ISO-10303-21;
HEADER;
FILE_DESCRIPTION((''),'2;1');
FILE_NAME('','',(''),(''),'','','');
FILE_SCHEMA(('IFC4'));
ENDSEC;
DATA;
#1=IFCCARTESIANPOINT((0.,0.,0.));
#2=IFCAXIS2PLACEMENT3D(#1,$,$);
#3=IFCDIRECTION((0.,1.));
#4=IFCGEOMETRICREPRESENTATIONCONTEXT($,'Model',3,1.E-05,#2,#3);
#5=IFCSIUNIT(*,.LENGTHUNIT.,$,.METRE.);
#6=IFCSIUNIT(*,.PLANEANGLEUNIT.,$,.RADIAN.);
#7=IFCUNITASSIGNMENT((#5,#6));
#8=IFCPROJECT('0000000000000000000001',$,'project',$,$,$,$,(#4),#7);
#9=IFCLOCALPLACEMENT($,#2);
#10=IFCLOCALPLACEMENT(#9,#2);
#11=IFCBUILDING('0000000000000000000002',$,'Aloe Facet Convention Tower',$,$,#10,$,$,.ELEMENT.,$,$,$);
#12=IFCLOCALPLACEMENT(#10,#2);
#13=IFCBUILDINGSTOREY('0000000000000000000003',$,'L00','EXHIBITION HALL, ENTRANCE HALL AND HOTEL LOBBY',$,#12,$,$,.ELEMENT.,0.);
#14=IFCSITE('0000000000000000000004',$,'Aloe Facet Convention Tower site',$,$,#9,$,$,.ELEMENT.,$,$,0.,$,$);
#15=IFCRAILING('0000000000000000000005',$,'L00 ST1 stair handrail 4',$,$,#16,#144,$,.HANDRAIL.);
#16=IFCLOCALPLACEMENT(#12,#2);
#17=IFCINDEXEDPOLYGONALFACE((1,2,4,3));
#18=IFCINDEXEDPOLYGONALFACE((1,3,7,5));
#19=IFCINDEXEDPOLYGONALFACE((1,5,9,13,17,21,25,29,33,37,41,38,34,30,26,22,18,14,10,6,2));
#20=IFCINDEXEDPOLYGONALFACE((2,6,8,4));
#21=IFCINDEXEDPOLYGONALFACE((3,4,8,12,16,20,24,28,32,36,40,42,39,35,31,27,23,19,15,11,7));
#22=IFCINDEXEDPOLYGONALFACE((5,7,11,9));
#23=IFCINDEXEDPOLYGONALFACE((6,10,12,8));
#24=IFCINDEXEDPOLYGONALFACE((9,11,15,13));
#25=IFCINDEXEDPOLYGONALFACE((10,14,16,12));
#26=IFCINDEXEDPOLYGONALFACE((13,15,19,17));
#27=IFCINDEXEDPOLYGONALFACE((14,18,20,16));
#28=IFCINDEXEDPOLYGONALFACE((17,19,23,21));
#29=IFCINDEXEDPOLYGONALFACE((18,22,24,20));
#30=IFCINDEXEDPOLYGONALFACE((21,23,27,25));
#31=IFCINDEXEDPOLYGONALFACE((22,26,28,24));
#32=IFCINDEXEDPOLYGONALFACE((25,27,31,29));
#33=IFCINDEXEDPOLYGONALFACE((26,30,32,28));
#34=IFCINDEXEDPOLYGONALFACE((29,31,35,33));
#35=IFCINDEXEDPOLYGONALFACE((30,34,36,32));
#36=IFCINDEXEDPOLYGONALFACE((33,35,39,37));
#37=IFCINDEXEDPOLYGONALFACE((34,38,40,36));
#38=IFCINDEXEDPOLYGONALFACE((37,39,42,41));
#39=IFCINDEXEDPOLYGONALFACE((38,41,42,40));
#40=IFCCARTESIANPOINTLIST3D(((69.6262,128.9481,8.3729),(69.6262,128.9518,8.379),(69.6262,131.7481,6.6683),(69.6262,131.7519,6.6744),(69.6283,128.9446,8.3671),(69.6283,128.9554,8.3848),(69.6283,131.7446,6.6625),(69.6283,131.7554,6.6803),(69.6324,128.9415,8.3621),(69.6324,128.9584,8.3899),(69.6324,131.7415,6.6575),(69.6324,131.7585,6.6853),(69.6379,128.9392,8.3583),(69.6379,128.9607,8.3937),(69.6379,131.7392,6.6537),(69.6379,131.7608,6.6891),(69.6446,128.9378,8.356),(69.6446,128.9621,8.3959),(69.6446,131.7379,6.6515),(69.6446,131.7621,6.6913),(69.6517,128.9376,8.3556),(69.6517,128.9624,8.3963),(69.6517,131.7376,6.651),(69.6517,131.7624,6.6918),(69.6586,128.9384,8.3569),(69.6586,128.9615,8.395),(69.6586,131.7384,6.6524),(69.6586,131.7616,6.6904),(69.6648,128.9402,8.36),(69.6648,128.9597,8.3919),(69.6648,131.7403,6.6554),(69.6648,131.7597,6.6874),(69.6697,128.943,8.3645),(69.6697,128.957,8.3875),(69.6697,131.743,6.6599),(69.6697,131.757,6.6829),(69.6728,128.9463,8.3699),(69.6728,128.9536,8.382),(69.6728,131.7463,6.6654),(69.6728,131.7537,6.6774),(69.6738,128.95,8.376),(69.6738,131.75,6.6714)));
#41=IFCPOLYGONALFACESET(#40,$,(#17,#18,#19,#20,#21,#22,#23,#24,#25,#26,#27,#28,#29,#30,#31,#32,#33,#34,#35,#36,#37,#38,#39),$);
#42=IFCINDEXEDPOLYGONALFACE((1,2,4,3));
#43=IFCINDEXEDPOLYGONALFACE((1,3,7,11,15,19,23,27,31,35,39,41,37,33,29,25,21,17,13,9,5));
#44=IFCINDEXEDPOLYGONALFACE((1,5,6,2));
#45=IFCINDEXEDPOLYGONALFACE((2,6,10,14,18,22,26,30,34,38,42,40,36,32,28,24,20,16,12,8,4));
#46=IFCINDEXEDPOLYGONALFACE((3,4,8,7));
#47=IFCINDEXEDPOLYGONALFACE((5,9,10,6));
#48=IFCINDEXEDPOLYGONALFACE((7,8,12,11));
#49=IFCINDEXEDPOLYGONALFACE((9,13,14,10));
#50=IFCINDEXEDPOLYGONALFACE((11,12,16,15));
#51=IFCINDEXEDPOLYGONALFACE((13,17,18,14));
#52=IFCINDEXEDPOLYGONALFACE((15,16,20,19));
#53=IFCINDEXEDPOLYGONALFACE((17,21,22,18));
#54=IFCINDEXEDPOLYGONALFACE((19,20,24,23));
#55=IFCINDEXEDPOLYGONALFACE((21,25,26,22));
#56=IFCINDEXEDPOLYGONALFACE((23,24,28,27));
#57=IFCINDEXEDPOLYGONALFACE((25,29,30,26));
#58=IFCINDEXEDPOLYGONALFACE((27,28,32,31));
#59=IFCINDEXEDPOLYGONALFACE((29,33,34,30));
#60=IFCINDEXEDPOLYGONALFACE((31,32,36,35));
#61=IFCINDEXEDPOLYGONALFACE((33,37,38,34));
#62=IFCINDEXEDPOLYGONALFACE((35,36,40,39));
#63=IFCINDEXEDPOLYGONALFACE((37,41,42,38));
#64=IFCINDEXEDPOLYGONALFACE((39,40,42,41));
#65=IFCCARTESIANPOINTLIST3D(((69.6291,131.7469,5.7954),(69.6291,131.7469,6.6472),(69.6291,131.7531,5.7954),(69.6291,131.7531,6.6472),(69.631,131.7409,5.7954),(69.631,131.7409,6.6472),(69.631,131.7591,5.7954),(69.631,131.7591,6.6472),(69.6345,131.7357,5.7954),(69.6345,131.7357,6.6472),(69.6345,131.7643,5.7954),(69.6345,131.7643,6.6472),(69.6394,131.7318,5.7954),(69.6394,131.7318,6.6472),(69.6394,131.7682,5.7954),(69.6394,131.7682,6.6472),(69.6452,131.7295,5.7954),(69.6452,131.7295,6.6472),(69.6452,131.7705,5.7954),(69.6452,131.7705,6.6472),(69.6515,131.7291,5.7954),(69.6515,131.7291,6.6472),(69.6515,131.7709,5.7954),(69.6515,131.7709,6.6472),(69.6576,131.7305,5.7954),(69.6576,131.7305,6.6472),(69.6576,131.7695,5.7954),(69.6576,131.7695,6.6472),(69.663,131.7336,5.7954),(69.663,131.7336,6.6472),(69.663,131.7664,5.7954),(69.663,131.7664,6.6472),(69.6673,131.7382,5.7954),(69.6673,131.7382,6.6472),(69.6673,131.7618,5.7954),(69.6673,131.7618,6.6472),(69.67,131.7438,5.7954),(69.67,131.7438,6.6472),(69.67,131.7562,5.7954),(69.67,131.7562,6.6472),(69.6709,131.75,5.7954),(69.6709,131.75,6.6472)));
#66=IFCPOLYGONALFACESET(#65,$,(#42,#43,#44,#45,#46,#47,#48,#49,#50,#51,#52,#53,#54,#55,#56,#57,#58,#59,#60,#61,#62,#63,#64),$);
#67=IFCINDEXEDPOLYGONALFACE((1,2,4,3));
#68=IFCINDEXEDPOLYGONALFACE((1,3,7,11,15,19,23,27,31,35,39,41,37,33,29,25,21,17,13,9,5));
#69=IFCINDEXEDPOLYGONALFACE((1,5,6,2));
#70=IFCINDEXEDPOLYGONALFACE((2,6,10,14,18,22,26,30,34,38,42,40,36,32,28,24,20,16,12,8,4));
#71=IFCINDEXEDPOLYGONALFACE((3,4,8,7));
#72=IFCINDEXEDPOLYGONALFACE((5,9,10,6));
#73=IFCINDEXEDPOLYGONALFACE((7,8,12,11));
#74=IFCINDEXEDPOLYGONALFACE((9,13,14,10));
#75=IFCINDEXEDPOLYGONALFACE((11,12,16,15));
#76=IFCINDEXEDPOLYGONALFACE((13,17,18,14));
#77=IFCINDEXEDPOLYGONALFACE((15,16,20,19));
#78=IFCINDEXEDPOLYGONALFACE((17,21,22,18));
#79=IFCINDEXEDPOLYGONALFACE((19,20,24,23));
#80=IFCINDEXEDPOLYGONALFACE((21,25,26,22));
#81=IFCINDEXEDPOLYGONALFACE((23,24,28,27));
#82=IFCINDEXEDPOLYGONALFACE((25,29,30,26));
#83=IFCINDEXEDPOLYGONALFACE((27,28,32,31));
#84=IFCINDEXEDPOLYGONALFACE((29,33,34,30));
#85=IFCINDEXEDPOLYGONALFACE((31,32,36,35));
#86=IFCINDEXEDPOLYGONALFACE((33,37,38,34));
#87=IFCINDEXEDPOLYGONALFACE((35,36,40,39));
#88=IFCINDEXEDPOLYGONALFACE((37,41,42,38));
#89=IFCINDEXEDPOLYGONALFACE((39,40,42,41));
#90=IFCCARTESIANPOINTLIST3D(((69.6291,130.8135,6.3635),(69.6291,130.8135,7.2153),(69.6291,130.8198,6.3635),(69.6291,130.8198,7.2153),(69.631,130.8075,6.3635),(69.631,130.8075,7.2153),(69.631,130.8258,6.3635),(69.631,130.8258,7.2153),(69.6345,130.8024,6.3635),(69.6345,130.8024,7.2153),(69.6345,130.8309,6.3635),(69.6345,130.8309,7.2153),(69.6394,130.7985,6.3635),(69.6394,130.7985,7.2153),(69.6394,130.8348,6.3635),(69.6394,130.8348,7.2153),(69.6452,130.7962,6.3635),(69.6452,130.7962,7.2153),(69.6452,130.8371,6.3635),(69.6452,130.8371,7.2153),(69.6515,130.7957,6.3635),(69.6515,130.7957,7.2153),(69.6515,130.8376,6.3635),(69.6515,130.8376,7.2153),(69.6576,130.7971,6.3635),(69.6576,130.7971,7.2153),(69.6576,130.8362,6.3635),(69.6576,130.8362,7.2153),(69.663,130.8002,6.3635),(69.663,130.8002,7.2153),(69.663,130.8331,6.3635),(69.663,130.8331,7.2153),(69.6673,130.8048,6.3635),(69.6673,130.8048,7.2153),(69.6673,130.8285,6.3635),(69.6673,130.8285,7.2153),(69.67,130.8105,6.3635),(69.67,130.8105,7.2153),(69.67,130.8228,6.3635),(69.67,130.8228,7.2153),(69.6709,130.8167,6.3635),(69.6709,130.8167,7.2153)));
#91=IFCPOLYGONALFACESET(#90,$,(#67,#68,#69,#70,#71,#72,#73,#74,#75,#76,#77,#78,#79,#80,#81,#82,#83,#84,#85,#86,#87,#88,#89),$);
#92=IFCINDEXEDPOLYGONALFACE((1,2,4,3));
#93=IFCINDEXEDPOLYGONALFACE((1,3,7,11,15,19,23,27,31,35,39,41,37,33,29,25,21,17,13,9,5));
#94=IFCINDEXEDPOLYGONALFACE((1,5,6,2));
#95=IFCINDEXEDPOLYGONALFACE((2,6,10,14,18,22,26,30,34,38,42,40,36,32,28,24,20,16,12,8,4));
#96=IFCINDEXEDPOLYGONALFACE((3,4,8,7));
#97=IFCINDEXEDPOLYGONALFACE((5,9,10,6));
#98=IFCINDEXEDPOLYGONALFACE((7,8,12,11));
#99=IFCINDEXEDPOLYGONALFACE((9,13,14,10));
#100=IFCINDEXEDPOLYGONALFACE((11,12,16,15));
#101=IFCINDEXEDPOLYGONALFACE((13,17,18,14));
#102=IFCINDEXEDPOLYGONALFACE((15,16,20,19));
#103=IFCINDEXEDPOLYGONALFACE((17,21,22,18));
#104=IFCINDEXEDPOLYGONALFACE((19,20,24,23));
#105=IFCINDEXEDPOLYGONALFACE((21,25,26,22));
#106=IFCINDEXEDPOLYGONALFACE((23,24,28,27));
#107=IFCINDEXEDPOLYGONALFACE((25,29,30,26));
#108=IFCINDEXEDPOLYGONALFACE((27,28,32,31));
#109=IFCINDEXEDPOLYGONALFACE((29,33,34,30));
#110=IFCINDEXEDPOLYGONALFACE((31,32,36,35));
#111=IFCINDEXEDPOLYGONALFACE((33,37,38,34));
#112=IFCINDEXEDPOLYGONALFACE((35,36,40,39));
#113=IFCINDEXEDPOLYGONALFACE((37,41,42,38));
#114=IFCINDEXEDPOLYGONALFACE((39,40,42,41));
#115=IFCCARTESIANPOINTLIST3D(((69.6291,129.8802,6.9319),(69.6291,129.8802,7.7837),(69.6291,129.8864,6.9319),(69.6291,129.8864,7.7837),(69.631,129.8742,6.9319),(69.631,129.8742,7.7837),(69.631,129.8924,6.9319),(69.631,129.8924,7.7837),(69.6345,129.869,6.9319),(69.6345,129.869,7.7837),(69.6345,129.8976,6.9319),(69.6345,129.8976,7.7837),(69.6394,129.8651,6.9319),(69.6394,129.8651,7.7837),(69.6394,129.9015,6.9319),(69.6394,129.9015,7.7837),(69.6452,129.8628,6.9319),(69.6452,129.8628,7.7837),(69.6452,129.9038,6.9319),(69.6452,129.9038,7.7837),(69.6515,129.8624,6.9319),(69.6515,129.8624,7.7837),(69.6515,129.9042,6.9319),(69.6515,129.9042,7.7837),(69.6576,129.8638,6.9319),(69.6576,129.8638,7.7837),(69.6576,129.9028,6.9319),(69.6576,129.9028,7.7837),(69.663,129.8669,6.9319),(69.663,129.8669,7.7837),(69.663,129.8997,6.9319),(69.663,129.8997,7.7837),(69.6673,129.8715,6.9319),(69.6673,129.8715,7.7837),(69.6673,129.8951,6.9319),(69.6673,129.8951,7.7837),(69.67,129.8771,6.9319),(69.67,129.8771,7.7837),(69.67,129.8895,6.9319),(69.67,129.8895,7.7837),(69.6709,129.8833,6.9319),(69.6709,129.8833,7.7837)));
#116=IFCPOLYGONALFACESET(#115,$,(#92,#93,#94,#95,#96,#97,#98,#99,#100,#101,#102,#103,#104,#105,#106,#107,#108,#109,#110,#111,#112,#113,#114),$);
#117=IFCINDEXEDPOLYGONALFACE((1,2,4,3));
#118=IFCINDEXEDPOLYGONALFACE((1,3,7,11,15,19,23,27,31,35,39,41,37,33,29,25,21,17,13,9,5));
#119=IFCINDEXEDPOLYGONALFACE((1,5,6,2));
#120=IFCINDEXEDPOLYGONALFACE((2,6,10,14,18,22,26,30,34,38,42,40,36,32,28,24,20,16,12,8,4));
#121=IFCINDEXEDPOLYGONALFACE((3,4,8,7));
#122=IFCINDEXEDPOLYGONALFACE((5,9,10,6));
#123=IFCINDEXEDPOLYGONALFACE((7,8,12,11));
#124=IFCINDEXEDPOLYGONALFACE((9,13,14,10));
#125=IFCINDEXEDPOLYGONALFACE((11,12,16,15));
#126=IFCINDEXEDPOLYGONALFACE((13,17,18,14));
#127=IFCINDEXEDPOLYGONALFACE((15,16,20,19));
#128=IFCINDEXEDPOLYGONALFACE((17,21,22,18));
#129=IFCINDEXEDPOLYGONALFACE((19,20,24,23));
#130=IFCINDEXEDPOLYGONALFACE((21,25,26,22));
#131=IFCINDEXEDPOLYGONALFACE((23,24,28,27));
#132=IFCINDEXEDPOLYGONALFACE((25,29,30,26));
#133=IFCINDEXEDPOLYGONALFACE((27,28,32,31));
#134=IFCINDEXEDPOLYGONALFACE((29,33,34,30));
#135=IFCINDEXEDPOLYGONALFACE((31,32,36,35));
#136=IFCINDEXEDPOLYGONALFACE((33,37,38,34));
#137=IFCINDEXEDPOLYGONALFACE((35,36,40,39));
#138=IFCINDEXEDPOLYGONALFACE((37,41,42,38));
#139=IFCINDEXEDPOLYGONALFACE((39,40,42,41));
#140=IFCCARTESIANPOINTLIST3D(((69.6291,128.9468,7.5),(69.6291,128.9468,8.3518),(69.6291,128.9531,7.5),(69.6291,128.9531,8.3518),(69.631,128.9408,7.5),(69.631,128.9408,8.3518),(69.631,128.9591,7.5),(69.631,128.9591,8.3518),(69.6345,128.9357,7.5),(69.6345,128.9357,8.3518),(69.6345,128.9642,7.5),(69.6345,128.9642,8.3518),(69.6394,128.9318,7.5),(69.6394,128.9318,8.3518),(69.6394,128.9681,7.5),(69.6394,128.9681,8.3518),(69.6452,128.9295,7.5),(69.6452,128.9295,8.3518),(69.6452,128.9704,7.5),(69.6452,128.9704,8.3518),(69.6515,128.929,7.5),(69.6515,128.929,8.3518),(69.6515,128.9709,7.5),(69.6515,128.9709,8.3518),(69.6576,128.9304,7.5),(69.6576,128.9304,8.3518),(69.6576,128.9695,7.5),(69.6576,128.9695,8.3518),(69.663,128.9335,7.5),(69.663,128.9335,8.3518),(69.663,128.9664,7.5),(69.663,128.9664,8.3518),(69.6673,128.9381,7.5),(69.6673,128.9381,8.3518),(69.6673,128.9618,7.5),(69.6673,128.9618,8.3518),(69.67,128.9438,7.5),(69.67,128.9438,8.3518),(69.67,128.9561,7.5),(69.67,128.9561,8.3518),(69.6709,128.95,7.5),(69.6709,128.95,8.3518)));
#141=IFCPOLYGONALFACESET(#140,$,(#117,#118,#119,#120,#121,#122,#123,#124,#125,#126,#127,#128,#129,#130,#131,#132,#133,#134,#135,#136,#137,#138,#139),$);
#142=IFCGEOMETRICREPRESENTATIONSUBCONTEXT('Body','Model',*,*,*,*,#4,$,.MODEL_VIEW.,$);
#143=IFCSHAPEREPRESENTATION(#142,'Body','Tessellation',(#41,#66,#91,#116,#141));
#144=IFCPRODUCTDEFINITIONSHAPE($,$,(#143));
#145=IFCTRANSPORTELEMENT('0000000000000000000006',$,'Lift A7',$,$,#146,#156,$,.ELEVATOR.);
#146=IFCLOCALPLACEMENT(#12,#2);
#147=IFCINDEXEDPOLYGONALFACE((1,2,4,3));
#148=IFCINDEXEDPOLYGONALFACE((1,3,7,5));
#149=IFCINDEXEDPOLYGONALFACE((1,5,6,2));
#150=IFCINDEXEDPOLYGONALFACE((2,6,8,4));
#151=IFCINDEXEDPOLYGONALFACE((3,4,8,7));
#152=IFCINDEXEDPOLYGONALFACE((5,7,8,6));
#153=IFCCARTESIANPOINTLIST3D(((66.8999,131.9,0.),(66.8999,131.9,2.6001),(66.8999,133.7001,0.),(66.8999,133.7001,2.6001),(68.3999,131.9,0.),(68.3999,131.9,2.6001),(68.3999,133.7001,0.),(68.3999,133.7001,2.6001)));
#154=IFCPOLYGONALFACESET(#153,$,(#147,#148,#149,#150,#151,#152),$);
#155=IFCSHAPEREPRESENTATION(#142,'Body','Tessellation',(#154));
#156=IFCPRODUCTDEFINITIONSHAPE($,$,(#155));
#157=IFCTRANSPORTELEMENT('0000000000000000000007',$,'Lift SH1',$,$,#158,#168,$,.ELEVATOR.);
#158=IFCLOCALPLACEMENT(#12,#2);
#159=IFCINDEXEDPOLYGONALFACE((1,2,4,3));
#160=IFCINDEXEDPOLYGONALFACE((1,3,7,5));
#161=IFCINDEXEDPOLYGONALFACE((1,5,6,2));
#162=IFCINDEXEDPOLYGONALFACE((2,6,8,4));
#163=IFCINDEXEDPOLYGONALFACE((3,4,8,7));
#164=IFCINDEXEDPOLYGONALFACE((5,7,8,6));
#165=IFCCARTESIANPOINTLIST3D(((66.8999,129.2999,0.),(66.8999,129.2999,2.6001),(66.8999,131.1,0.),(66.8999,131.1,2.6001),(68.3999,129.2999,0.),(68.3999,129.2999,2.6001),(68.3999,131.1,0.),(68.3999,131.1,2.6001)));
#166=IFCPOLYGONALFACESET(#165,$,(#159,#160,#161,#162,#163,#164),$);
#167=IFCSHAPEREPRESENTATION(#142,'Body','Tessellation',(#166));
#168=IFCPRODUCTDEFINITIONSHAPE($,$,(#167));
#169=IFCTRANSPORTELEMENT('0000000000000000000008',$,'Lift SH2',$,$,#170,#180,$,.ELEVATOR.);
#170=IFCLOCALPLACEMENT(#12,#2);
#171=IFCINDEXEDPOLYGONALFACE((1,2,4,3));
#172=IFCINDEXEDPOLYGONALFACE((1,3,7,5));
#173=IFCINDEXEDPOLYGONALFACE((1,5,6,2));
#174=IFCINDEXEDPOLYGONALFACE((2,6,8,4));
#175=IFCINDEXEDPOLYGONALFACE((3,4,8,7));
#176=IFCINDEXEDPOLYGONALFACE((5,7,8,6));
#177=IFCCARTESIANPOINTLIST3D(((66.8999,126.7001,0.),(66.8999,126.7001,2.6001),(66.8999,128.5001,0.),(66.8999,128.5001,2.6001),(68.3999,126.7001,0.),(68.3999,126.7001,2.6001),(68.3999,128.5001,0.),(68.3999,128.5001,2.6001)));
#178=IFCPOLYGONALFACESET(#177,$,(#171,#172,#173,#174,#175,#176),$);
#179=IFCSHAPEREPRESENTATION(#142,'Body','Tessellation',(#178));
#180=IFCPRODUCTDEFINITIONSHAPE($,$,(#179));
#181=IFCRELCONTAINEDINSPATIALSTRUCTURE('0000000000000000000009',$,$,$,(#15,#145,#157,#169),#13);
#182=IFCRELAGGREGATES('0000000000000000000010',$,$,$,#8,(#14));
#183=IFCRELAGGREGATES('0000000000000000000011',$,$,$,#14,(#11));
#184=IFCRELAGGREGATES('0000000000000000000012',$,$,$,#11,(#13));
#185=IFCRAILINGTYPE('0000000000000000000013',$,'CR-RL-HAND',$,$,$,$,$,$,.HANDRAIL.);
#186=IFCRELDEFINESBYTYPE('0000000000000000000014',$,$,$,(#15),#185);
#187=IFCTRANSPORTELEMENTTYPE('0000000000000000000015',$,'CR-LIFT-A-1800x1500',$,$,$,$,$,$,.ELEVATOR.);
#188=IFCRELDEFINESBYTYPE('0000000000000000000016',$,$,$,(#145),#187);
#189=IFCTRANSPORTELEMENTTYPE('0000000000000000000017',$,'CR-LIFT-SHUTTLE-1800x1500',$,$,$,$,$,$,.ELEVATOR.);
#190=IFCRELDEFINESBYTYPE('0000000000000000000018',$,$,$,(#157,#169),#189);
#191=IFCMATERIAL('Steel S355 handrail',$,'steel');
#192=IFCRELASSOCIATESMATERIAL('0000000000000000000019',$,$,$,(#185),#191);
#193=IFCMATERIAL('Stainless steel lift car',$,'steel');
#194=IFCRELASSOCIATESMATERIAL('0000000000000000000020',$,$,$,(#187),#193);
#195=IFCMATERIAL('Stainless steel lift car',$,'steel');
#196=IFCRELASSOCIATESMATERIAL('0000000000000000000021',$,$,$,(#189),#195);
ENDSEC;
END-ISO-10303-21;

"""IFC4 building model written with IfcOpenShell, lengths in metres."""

from ifc_helpers import new_model, si_unit, direction, frame, origin, origin_2d, place, context, subcontext, project, spatial, rectangle, circle, extrude, material, type_object, element, save


model = new_model("IFC4")

# Units and contexts
model_context = context("Model", 3, precision=1e-05, world=origin(), true_north=direction((0.0, 1.0)))
body_context = subcontext(model_context, "Body", "Model", "MODEL_VIEW")
ifc_project = project(units=[si_unit("LENGTHUNIT", "METRE"), si_unit("PLANEANGLEUNIT", "RADIAN")], contexts=[model_context])

# Site, building, storey
site_placement = place(None, origin())
site = spatial("IfcSite", under=ifc_project, at=site_placement, Name="Aloe Facet Convention Tower site", CompositionType="ELEMENT", RefElevation=0.0)
building_placement = place(site_placement, origin())
building = spatial("IfcBuilding", under=site, at=building_placement, Name="Aloe Facet Convention Tower", CompositionType="ELEMENT")
storey_placement = place(building_placement, origin())
storey = spatial("IfcBuildingStorey", under=building, at=storey_placement, Name="L00", Description="EXHIBITION HALL, ENTRANCE HALL AND HOTEL LOBBY", CompositionType="ELEMENT", Elevation=0.0)

# Railing
ifc_material_1 = material(Name="Steel S355 handrail", Category="steel")
railing_type = type_object("IfcRailingType", Name="CR-RL-HAND", PredefinedType="HANDRAIL", material=ifc_material_1)
for number, where, name in (
    (1, (69.6499, 131.75, 5.7954), "L00 ST1 stair handrail 4"),
):
    element("IfcRailing", number, at=place(storey_placement, frame(where)), inside=storey, type_object=railing_type, Name=name, PredefinedType="HANDRAIL", context=body_context, shape_type="SweptSolid", body=[
        extrude(circle(Radius=0.0239, at=origin_2d()), frame((0.0, 0.0, 0.876), z_axis=(0.0, -0.85417, 0.519994), x_axis=(1.0, 0.0, 0.0)), (0.0, 0.0, 1.0), 3.2781),
        extrude(circle(Radius=0.021, at=origin_2d()), origin(), (0.0, 0.0, 1.0), 0.8518),
        extrude(circle(Radius=0.021, at=origin_2d()), frame((0.0, -0.9333, 0.5681)), (0.0, 0.0, 1.0), 0.8518),
        extrude(circle(Radius=0.021, at=origin_2d()), frame((0.0, -1.8667, 1.1365)), (0.0, 0.0, 1.0), 0.8518),
        extrude(circle(Radius=0.021, at=origin_2d()), frame((0.0, -2.8, 1.7046)), (0.0, 0.0, 1.0), 0.8518),
    ])

# Transport elements
ifc_material_2 = material(Name="Stainless steel lift car", Category="steel")
transport_element_type_1 = type_object("IfcTransportElementType", Name="CR-LIFT-A-1800x1500", PredefinedType="ELEVATOR", material=ifc_material_2)
transport_element_placement = place(storey_placement, frame((67.6499, 132.8, 0.0), z_axis=(0.0, 0.0, 1.0), x_axis=(1.0, 0.0, 0.0)))
element("IfcTransportElement", 2, at=transport_element_placement, inside=storey, type_object=transport_element_type_1, Name="Lift A7", PredefinedType="ELEVATOR", context=body_context, shape_type="SweptSolid", body=[
    extrude(rectangle(XDim=1.5, YDim=1.8, at=origin_2d()), origin(), (0.0, 0.0, 1.0), 2.6001),
])
ifc_material_3 = material(Name="Stainless steel lift car", Category="steel")
transport_element_type_2 = type_object("IfcTransportElementType", Name="CR-LIFT-SHUTTLE-1800x1500", PredefinedType="ELEVATOR", material=ifc_material_3)
for number, where, z_axis, x_axis, name in (
    (3, (67.6499, 130.2, 0.0), (0.0, 0.0, 1.0), (1.0, 0.0, 0.0), "Lift SH1"),
    (4, (67.6499, 127.6001, 0.0), (0.0, 0.0, 1.0), (1.0, 0.0, 0.0), "Lift SH2"),
):
    element("IfcTransportElement", number, at=place(storey_placement, frame(where, z_axis=z_axis, x_axis=x_axis)), inside=storey, type_object=transport_element_type_2, Name=name, PredefinedType="ELEVATOR", context=body_context, shape_type="SweptSolid", body=[
        extrude(rectangle(XDim=1.5, YDim=1.8, at=origin_2d()), origin(), (0.0, 0.0, 1.0), 2.6001),
    ])

save(model, "model.ifc")
